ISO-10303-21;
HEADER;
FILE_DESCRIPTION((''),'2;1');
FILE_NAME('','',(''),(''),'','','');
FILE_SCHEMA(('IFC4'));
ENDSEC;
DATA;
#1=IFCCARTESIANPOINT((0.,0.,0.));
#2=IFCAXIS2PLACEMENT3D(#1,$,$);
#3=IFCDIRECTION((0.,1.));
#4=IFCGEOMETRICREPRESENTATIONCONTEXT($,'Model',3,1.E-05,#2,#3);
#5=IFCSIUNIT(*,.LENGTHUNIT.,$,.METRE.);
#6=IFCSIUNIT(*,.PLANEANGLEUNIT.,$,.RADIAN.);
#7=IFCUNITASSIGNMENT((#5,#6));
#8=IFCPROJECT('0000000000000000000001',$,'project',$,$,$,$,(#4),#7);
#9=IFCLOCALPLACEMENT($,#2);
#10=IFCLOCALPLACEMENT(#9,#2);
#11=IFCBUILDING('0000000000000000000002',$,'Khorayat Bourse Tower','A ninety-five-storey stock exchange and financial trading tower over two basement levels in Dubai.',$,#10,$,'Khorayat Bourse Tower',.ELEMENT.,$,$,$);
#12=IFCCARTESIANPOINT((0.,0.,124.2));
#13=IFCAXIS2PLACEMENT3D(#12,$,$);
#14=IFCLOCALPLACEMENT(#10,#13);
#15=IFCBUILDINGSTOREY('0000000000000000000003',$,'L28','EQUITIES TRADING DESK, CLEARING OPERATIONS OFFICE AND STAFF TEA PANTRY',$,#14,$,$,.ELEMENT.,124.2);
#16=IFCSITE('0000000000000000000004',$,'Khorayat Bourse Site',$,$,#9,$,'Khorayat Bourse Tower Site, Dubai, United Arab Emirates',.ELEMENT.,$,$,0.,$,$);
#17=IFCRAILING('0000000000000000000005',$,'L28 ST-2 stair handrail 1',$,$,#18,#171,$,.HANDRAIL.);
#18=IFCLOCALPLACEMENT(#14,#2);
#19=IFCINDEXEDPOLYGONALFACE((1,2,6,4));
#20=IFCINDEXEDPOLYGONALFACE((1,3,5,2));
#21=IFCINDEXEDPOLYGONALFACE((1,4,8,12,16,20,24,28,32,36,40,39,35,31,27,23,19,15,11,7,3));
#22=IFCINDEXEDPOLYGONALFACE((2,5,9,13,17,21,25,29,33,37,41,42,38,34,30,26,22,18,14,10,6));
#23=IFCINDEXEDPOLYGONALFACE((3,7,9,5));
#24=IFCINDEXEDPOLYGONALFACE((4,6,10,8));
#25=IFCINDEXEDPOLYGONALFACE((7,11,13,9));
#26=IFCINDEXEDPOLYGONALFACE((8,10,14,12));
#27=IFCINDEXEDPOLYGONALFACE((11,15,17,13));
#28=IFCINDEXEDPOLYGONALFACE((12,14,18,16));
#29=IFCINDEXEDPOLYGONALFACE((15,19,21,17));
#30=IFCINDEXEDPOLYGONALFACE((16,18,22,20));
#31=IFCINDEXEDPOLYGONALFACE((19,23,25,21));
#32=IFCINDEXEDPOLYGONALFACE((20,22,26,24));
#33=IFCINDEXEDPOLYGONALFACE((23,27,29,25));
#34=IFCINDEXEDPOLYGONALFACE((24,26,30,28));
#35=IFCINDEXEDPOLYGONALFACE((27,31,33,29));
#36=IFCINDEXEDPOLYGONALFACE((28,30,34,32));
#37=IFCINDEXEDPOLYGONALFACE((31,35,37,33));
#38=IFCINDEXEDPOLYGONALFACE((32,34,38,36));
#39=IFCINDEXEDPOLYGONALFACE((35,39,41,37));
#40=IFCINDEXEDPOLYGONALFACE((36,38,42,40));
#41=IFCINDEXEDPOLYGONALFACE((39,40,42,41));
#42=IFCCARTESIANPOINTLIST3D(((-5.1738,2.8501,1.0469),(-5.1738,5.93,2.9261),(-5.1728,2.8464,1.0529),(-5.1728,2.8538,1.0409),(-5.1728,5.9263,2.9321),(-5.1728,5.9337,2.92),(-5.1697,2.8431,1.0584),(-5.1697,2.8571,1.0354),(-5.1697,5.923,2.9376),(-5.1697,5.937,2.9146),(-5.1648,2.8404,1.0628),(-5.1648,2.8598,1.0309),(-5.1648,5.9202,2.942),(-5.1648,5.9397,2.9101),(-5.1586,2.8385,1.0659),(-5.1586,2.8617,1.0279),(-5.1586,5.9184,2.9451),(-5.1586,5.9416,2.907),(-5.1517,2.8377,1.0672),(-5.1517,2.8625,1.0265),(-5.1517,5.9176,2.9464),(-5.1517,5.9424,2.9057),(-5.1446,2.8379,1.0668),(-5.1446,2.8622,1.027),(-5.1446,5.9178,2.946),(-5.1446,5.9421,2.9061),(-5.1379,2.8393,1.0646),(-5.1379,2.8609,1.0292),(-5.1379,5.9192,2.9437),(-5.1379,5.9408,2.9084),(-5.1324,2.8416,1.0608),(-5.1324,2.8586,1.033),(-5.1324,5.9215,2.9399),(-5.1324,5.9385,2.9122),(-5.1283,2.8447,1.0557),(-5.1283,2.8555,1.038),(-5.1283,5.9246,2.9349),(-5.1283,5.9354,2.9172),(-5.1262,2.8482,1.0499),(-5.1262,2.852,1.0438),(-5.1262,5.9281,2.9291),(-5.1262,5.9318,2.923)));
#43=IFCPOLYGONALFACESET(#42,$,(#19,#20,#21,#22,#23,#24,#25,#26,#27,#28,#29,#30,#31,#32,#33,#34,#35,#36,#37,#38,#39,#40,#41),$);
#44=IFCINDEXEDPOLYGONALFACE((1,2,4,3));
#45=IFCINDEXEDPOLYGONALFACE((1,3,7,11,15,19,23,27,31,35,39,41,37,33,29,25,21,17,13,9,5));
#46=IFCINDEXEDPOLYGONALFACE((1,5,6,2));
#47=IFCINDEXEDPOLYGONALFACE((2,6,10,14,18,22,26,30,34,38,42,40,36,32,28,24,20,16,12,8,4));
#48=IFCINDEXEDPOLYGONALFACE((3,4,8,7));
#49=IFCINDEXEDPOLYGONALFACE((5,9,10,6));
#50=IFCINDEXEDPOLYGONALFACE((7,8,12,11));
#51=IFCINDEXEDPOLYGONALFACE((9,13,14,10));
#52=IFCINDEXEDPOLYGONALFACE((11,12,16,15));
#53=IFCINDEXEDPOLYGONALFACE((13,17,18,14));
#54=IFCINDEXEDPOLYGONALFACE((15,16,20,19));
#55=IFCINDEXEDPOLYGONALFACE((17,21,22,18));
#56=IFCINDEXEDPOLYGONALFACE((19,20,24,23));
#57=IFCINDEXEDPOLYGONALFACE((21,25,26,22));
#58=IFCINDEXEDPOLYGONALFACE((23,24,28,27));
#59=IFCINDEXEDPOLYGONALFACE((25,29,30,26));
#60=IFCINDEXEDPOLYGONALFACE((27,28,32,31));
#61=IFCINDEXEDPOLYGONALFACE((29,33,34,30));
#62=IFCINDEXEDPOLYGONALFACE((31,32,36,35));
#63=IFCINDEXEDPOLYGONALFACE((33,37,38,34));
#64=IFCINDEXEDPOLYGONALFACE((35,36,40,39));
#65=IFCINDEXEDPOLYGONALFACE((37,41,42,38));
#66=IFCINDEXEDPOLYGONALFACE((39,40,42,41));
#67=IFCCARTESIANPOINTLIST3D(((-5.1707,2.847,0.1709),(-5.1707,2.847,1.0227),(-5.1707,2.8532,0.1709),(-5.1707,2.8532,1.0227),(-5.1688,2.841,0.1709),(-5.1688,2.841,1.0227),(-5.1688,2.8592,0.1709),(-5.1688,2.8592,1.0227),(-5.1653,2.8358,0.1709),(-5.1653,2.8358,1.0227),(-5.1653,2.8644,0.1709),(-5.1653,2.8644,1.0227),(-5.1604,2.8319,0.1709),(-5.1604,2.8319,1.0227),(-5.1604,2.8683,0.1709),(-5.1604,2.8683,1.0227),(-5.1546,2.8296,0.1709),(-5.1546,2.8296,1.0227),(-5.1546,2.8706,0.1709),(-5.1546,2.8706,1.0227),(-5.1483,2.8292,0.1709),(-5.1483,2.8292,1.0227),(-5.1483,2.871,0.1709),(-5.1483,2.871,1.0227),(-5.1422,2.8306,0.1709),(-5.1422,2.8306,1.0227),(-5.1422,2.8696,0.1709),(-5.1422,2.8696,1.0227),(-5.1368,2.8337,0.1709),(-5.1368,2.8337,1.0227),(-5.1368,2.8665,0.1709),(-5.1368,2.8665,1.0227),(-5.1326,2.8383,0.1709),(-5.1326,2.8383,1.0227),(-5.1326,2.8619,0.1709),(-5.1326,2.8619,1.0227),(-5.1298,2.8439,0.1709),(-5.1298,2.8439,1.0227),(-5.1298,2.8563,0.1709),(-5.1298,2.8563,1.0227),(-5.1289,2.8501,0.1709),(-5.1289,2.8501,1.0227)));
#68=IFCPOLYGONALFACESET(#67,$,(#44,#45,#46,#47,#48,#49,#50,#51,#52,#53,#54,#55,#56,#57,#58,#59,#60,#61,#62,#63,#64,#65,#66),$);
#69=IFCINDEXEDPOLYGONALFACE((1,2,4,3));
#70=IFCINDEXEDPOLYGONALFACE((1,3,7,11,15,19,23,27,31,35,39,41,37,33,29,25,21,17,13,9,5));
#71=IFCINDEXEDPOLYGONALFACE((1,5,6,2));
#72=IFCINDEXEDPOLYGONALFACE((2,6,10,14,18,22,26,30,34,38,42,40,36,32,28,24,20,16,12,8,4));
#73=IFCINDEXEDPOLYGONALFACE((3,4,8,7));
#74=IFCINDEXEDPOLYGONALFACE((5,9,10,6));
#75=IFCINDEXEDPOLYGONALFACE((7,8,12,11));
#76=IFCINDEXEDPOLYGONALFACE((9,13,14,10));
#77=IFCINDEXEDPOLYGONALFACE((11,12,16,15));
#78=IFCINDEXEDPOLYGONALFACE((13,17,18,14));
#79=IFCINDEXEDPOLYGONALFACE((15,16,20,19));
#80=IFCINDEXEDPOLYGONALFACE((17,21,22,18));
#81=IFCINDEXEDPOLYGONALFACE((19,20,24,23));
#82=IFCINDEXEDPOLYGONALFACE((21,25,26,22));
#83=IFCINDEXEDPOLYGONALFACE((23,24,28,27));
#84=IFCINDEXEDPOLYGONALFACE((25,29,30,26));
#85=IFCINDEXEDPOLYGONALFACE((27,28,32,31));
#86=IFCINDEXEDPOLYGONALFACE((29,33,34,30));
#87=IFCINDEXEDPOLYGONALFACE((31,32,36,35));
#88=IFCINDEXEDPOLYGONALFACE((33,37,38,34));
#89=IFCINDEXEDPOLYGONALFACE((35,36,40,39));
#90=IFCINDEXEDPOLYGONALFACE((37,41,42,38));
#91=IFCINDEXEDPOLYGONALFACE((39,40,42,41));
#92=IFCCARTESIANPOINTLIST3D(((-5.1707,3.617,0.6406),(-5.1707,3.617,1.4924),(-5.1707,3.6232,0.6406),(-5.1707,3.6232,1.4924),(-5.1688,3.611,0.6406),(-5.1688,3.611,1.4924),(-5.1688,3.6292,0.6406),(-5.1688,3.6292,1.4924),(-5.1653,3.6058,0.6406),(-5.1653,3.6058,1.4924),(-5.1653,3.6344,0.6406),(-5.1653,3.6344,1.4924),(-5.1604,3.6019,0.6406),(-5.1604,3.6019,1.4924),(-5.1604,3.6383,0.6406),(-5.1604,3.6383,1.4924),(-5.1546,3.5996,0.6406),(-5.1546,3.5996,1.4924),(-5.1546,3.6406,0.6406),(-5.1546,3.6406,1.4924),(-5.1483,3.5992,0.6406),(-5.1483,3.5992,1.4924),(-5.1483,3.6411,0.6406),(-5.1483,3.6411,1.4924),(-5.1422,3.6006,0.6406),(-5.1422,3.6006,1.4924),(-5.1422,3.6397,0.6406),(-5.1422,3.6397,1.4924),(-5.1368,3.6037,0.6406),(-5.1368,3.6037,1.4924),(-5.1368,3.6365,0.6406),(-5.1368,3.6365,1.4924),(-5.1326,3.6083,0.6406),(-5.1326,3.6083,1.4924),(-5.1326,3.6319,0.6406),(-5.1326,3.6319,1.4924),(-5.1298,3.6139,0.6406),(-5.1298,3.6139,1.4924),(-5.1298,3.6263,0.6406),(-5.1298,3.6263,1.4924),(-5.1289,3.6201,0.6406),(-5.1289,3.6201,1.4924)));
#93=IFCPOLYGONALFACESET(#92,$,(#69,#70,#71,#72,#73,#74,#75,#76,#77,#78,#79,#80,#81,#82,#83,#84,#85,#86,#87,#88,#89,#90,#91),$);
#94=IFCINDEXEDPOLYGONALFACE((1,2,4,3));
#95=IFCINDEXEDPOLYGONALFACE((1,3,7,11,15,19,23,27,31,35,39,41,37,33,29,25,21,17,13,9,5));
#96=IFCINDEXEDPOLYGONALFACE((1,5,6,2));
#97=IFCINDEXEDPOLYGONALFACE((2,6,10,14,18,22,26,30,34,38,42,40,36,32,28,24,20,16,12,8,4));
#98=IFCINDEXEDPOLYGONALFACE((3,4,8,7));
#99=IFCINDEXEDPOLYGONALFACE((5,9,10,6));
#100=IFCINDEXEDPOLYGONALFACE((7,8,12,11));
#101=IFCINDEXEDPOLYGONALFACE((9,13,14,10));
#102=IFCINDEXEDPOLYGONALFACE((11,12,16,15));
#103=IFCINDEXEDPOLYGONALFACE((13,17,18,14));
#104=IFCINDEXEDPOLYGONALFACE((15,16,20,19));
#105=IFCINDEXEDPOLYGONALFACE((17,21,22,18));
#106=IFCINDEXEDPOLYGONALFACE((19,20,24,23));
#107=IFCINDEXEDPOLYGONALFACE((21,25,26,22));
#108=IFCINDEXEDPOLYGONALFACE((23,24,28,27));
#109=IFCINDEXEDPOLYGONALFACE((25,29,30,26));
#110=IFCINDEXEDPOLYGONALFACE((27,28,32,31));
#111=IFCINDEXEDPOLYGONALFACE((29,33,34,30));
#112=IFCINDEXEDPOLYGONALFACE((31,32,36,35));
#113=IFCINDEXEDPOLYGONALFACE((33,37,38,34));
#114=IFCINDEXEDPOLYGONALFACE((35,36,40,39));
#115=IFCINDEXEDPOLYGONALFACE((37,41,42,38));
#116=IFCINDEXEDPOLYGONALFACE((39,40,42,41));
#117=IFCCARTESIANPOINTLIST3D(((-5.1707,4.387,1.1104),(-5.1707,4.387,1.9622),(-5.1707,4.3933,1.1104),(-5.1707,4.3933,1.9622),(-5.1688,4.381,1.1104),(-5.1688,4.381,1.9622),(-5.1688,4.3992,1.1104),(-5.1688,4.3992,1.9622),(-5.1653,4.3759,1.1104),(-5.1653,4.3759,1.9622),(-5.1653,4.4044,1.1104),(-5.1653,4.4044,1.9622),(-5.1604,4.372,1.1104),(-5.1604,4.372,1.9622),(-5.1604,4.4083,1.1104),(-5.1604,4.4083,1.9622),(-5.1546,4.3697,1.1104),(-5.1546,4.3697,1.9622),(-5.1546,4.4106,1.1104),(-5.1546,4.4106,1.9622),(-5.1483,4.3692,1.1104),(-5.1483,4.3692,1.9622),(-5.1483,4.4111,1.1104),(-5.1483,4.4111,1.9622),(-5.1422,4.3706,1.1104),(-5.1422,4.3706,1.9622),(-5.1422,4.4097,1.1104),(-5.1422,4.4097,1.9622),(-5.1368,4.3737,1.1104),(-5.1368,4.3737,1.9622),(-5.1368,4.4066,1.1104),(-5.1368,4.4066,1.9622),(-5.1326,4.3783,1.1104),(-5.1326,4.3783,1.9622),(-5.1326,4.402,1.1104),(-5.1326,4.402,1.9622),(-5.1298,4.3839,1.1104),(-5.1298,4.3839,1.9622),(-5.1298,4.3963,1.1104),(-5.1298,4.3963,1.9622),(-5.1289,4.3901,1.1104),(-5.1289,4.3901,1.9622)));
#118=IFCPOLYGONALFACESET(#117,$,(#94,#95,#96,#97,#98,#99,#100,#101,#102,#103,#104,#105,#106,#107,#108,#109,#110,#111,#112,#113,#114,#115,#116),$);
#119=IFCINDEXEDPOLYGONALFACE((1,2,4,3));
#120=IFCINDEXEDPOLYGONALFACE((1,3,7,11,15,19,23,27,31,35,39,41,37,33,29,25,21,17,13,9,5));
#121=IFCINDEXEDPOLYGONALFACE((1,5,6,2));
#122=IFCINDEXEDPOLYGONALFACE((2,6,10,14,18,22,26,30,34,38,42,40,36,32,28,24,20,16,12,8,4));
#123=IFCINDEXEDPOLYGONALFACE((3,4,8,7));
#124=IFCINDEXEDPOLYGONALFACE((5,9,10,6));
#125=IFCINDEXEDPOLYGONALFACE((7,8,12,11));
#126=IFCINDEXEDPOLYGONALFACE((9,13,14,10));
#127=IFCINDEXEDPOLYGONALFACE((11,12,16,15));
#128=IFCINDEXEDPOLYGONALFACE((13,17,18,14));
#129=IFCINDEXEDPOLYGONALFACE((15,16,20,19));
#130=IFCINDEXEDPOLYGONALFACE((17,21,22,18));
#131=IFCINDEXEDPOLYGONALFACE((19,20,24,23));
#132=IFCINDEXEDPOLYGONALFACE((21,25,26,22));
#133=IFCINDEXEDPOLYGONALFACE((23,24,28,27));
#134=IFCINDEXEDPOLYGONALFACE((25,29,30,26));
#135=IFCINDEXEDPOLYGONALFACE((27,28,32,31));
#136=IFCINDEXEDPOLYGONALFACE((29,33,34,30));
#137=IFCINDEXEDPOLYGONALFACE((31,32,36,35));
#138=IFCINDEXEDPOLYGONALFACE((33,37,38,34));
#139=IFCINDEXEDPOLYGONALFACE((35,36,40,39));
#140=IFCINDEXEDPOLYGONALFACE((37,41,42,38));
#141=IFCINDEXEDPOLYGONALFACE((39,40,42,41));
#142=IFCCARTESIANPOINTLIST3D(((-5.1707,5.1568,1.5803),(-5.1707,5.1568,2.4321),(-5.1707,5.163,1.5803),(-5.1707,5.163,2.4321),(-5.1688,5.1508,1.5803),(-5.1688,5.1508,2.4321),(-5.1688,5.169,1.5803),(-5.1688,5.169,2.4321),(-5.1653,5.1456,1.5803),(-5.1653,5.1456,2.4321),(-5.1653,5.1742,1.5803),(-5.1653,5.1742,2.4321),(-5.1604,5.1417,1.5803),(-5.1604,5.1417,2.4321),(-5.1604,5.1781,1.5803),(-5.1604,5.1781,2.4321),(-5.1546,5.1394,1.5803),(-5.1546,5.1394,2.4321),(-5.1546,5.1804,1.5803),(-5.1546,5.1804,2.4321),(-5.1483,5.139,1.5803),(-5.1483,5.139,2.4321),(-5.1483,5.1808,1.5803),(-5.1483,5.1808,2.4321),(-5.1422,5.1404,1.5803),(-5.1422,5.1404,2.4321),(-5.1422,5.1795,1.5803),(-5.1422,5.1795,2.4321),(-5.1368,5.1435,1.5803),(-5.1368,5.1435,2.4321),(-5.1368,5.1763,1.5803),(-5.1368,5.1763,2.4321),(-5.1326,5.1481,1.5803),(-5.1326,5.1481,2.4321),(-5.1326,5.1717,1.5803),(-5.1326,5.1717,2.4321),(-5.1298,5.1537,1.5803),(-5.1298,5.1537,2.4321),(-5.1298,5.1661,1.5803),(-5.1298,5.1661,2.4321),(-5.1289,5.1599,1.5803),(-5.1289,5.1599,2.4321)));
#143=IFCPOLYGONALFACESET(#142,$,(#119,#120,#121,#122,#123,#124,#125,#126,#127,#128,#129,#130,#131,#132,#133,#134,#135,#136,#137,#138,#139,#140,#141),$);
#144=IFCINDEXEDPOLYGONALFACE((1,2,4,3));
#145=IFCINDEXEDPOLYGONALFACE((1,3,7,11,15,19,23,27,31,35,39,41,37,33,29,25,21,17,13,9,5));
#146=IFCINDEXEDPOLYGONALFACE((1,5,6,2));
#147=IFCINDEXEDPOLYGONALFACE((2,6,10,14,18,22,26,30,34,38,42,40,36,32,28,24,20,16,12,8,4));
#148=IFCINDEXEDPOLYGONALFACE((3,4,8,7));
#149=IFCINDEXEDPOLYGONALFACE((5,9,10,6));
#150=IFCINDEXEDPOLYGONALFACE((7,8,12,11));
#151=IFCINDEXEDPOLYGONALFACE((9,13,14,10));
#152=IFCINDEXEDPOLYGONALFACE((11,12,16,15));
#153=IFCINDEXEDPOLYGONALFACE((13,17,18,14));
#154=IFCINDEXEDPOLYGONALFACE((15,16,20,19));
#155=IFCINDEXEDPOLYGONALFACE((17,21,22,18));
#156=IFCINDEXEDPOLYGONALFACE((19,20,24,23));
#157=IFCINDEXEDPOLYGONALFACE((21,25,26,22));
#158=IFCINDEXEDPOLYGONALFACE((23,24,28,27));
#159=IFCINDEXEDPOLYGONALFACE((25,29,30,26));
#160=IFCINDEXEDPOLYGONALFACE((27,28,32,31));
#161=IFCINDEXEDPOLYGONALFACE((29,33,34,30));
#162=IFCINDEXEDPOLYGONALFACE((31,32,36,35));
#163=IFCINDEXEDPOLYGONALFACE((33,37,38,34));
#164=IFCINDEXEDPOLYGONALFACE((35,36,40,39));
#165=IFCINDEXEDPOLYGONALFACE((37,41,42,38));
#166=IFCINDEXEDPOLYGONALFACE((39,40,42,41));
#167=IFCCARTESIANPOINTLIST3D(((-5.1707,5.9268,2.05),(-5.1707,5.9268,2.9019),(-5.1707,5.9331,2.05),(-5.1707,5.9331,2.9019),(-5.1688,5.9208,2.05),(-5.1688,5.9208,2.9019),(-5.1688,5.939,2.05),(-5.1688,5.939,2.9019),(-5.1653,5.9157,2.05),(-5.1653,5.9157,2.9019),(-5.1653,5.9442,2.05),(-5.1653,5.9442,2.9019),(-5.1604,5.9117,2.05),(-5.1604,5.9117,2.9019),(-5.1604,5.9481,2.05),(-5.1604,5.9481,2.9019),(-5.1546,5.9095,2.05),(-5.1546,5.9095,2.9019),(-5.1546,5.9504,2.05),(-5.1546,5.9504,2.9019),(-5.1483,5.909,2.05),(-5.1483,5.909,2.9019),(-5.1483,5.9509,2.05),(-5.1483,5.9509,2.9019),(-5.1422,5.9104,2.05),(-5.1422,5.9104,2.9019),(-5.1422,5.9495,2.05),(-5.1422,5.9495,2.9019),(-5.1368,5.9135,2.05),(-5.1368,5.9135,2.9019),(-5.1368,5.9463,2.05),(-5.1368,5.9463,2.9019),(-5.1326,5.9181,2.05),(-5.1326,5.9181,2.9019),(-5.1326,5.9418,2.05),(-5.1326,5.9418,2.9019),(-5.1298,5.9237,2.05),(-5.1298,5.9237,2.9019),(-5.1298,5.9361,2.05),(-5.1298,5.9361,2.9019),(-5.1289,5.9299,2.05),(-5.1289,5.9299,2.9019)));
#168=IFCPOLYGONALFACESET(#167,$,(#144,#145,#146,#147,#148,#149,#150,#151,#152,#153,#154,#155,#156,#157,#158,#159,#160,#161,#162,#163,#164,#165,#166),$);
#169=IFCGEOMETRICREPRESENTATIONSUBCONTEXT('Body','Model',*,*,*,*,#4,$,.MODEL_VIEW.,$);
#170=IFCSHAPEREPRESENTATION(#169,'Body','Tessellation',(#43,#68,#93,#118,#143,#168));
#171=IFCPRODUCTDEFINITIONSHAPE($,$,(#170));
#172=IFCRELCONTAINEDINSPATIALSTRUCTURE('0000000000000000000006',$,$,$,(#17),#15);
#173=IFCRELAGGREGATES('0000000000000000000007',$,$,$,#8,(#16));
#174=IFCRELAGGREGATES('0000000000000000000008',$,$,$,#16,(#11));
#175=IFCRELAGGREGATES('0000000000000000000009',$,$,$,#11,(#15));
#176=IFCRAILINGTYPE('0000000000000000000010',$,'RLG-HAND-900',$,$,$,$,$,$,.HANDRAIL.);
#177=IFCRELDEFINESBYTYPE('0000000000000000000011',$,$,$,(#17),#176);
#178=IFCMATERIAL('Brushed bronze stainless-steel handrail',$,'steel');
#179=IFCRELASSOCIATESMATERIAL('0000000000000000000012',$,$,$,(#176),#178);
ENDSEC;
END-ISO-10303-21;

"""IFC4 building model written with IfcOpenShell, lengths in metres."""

from ifc_helpers import new_model, si_unit, direction, frame, origin, origin_2d, place, context, subcontext, project, spatial, circle, extrude, source, transform, mapped, material, type_object, element, save


model = new_model("IFC4")

# Units and contexts
model_context = context("Model", 3, precision=1e-05, world=origin(), true_north=direction((0.0, 1.0)))
body_context = subcontext(model_context, "Body", "Model", "MODEL_VIEW")
ifc_project = project(units=[si_unit("LENGTHUNIT", "METRE"), si_unit("PLANEANGLEUNIT", "RADIAN")], contexts=[model_context])

# Site, building, storey
site_placement = place(None, origin())
site = spatial("IfcSite", under=ifc_project, at=site_placement, Name="Khorayat Bourse Site", LongName="Khorayat Bourse Tower Site, Dubai, United Arab Emirates", CompositionType="ELEMENT", RefElevation=0.0)
building_placement = place(site_placement, origin())
building = spatial("IfcBuilding", under=site, at=building_placement, Name="Khorayat Bourse Tower", Description="A ninety-five-storey stock exchange and financial trading tower over two basement levels in Dubai.", LongName="Khorayat Bourse Tower", CompositionType="ELEMENT")
storey_placement = place(building_placement, frame((0.0, 0.0, 124.2)))
storey = spatial("IfcBuildingStorey", under=building, at=storey_placement, Name="L28", Description="EQUITIES TRADING DESK, CLEARING OPERATIONS OFFICE AND STAFF TEA PANTRY", CompositionType="ELEMENT", Elevation=124.2)

# Railing
ifc_material_1 = material(Name="Brushed bronze stainless-steel handrail", Category="steel")
railing_type_1 = type_object("IfcRailingType", Name="RLG-HAND-900", PredefinedType="HANDRAIL", material=ifc_material_1)
shared_shape_1 = source(origin(), body_context, "Body", "SweptSolid", [
    extrude(circle(Radius=0.0239, at=origin_2d()), frame((0.0, 0.0, 0.876), z_axis=(0.0, 0.853648, 0.52085), x_axis=(-1.0, 0.0, 0.0)), (0.0, 0.0, 1.0), 3.6079),
    extrude(circle(Radius=0.021, at=origin_2d()), origin(), (0.0, 0.0, 1.0), 0.8518),
    extrude(circle(Radius=0.021, at=origin_2d()), frame((0.0, 0.77, 0.4697)), (0.0, 0.0, 1.0), 0.8518),
    extrude(circle(Radius=0.021, at=origin_2d()), frame((0.0, 1.54, 0.9395)), (0.0, 0.0, 1.0), 0.8518),
    extrude(circle(Radius=0.021, at=origin_2d()), frame((0.0, 2.3098, 1.4094)), (0.0, 0.0, 1.0), 0.8518),
    extrude(circle(Radius=0.021, at=origin_2d()), frame((0.0, 3.0798, 1.8792)), (0.0, 0.0, 1.0), 0.8518),
])
railing_1_placement = place(storey_placement, frame((-5.1499, 2.8501, 0.1709)))
element("IfcRailing", 1, at=railing_1_placement, inside=storey, type_object=railing_type_1, Name="L28 ST-2 stair handrail 1", PredefinedType="HANDRAIL", context=body_context, shape_type="MappedRepresentation", body=[
    mapped(shared_shape_1, transform((0.0, 0.0, 0.0), scale=1.0)),
])

save(model, "model.ifc")
